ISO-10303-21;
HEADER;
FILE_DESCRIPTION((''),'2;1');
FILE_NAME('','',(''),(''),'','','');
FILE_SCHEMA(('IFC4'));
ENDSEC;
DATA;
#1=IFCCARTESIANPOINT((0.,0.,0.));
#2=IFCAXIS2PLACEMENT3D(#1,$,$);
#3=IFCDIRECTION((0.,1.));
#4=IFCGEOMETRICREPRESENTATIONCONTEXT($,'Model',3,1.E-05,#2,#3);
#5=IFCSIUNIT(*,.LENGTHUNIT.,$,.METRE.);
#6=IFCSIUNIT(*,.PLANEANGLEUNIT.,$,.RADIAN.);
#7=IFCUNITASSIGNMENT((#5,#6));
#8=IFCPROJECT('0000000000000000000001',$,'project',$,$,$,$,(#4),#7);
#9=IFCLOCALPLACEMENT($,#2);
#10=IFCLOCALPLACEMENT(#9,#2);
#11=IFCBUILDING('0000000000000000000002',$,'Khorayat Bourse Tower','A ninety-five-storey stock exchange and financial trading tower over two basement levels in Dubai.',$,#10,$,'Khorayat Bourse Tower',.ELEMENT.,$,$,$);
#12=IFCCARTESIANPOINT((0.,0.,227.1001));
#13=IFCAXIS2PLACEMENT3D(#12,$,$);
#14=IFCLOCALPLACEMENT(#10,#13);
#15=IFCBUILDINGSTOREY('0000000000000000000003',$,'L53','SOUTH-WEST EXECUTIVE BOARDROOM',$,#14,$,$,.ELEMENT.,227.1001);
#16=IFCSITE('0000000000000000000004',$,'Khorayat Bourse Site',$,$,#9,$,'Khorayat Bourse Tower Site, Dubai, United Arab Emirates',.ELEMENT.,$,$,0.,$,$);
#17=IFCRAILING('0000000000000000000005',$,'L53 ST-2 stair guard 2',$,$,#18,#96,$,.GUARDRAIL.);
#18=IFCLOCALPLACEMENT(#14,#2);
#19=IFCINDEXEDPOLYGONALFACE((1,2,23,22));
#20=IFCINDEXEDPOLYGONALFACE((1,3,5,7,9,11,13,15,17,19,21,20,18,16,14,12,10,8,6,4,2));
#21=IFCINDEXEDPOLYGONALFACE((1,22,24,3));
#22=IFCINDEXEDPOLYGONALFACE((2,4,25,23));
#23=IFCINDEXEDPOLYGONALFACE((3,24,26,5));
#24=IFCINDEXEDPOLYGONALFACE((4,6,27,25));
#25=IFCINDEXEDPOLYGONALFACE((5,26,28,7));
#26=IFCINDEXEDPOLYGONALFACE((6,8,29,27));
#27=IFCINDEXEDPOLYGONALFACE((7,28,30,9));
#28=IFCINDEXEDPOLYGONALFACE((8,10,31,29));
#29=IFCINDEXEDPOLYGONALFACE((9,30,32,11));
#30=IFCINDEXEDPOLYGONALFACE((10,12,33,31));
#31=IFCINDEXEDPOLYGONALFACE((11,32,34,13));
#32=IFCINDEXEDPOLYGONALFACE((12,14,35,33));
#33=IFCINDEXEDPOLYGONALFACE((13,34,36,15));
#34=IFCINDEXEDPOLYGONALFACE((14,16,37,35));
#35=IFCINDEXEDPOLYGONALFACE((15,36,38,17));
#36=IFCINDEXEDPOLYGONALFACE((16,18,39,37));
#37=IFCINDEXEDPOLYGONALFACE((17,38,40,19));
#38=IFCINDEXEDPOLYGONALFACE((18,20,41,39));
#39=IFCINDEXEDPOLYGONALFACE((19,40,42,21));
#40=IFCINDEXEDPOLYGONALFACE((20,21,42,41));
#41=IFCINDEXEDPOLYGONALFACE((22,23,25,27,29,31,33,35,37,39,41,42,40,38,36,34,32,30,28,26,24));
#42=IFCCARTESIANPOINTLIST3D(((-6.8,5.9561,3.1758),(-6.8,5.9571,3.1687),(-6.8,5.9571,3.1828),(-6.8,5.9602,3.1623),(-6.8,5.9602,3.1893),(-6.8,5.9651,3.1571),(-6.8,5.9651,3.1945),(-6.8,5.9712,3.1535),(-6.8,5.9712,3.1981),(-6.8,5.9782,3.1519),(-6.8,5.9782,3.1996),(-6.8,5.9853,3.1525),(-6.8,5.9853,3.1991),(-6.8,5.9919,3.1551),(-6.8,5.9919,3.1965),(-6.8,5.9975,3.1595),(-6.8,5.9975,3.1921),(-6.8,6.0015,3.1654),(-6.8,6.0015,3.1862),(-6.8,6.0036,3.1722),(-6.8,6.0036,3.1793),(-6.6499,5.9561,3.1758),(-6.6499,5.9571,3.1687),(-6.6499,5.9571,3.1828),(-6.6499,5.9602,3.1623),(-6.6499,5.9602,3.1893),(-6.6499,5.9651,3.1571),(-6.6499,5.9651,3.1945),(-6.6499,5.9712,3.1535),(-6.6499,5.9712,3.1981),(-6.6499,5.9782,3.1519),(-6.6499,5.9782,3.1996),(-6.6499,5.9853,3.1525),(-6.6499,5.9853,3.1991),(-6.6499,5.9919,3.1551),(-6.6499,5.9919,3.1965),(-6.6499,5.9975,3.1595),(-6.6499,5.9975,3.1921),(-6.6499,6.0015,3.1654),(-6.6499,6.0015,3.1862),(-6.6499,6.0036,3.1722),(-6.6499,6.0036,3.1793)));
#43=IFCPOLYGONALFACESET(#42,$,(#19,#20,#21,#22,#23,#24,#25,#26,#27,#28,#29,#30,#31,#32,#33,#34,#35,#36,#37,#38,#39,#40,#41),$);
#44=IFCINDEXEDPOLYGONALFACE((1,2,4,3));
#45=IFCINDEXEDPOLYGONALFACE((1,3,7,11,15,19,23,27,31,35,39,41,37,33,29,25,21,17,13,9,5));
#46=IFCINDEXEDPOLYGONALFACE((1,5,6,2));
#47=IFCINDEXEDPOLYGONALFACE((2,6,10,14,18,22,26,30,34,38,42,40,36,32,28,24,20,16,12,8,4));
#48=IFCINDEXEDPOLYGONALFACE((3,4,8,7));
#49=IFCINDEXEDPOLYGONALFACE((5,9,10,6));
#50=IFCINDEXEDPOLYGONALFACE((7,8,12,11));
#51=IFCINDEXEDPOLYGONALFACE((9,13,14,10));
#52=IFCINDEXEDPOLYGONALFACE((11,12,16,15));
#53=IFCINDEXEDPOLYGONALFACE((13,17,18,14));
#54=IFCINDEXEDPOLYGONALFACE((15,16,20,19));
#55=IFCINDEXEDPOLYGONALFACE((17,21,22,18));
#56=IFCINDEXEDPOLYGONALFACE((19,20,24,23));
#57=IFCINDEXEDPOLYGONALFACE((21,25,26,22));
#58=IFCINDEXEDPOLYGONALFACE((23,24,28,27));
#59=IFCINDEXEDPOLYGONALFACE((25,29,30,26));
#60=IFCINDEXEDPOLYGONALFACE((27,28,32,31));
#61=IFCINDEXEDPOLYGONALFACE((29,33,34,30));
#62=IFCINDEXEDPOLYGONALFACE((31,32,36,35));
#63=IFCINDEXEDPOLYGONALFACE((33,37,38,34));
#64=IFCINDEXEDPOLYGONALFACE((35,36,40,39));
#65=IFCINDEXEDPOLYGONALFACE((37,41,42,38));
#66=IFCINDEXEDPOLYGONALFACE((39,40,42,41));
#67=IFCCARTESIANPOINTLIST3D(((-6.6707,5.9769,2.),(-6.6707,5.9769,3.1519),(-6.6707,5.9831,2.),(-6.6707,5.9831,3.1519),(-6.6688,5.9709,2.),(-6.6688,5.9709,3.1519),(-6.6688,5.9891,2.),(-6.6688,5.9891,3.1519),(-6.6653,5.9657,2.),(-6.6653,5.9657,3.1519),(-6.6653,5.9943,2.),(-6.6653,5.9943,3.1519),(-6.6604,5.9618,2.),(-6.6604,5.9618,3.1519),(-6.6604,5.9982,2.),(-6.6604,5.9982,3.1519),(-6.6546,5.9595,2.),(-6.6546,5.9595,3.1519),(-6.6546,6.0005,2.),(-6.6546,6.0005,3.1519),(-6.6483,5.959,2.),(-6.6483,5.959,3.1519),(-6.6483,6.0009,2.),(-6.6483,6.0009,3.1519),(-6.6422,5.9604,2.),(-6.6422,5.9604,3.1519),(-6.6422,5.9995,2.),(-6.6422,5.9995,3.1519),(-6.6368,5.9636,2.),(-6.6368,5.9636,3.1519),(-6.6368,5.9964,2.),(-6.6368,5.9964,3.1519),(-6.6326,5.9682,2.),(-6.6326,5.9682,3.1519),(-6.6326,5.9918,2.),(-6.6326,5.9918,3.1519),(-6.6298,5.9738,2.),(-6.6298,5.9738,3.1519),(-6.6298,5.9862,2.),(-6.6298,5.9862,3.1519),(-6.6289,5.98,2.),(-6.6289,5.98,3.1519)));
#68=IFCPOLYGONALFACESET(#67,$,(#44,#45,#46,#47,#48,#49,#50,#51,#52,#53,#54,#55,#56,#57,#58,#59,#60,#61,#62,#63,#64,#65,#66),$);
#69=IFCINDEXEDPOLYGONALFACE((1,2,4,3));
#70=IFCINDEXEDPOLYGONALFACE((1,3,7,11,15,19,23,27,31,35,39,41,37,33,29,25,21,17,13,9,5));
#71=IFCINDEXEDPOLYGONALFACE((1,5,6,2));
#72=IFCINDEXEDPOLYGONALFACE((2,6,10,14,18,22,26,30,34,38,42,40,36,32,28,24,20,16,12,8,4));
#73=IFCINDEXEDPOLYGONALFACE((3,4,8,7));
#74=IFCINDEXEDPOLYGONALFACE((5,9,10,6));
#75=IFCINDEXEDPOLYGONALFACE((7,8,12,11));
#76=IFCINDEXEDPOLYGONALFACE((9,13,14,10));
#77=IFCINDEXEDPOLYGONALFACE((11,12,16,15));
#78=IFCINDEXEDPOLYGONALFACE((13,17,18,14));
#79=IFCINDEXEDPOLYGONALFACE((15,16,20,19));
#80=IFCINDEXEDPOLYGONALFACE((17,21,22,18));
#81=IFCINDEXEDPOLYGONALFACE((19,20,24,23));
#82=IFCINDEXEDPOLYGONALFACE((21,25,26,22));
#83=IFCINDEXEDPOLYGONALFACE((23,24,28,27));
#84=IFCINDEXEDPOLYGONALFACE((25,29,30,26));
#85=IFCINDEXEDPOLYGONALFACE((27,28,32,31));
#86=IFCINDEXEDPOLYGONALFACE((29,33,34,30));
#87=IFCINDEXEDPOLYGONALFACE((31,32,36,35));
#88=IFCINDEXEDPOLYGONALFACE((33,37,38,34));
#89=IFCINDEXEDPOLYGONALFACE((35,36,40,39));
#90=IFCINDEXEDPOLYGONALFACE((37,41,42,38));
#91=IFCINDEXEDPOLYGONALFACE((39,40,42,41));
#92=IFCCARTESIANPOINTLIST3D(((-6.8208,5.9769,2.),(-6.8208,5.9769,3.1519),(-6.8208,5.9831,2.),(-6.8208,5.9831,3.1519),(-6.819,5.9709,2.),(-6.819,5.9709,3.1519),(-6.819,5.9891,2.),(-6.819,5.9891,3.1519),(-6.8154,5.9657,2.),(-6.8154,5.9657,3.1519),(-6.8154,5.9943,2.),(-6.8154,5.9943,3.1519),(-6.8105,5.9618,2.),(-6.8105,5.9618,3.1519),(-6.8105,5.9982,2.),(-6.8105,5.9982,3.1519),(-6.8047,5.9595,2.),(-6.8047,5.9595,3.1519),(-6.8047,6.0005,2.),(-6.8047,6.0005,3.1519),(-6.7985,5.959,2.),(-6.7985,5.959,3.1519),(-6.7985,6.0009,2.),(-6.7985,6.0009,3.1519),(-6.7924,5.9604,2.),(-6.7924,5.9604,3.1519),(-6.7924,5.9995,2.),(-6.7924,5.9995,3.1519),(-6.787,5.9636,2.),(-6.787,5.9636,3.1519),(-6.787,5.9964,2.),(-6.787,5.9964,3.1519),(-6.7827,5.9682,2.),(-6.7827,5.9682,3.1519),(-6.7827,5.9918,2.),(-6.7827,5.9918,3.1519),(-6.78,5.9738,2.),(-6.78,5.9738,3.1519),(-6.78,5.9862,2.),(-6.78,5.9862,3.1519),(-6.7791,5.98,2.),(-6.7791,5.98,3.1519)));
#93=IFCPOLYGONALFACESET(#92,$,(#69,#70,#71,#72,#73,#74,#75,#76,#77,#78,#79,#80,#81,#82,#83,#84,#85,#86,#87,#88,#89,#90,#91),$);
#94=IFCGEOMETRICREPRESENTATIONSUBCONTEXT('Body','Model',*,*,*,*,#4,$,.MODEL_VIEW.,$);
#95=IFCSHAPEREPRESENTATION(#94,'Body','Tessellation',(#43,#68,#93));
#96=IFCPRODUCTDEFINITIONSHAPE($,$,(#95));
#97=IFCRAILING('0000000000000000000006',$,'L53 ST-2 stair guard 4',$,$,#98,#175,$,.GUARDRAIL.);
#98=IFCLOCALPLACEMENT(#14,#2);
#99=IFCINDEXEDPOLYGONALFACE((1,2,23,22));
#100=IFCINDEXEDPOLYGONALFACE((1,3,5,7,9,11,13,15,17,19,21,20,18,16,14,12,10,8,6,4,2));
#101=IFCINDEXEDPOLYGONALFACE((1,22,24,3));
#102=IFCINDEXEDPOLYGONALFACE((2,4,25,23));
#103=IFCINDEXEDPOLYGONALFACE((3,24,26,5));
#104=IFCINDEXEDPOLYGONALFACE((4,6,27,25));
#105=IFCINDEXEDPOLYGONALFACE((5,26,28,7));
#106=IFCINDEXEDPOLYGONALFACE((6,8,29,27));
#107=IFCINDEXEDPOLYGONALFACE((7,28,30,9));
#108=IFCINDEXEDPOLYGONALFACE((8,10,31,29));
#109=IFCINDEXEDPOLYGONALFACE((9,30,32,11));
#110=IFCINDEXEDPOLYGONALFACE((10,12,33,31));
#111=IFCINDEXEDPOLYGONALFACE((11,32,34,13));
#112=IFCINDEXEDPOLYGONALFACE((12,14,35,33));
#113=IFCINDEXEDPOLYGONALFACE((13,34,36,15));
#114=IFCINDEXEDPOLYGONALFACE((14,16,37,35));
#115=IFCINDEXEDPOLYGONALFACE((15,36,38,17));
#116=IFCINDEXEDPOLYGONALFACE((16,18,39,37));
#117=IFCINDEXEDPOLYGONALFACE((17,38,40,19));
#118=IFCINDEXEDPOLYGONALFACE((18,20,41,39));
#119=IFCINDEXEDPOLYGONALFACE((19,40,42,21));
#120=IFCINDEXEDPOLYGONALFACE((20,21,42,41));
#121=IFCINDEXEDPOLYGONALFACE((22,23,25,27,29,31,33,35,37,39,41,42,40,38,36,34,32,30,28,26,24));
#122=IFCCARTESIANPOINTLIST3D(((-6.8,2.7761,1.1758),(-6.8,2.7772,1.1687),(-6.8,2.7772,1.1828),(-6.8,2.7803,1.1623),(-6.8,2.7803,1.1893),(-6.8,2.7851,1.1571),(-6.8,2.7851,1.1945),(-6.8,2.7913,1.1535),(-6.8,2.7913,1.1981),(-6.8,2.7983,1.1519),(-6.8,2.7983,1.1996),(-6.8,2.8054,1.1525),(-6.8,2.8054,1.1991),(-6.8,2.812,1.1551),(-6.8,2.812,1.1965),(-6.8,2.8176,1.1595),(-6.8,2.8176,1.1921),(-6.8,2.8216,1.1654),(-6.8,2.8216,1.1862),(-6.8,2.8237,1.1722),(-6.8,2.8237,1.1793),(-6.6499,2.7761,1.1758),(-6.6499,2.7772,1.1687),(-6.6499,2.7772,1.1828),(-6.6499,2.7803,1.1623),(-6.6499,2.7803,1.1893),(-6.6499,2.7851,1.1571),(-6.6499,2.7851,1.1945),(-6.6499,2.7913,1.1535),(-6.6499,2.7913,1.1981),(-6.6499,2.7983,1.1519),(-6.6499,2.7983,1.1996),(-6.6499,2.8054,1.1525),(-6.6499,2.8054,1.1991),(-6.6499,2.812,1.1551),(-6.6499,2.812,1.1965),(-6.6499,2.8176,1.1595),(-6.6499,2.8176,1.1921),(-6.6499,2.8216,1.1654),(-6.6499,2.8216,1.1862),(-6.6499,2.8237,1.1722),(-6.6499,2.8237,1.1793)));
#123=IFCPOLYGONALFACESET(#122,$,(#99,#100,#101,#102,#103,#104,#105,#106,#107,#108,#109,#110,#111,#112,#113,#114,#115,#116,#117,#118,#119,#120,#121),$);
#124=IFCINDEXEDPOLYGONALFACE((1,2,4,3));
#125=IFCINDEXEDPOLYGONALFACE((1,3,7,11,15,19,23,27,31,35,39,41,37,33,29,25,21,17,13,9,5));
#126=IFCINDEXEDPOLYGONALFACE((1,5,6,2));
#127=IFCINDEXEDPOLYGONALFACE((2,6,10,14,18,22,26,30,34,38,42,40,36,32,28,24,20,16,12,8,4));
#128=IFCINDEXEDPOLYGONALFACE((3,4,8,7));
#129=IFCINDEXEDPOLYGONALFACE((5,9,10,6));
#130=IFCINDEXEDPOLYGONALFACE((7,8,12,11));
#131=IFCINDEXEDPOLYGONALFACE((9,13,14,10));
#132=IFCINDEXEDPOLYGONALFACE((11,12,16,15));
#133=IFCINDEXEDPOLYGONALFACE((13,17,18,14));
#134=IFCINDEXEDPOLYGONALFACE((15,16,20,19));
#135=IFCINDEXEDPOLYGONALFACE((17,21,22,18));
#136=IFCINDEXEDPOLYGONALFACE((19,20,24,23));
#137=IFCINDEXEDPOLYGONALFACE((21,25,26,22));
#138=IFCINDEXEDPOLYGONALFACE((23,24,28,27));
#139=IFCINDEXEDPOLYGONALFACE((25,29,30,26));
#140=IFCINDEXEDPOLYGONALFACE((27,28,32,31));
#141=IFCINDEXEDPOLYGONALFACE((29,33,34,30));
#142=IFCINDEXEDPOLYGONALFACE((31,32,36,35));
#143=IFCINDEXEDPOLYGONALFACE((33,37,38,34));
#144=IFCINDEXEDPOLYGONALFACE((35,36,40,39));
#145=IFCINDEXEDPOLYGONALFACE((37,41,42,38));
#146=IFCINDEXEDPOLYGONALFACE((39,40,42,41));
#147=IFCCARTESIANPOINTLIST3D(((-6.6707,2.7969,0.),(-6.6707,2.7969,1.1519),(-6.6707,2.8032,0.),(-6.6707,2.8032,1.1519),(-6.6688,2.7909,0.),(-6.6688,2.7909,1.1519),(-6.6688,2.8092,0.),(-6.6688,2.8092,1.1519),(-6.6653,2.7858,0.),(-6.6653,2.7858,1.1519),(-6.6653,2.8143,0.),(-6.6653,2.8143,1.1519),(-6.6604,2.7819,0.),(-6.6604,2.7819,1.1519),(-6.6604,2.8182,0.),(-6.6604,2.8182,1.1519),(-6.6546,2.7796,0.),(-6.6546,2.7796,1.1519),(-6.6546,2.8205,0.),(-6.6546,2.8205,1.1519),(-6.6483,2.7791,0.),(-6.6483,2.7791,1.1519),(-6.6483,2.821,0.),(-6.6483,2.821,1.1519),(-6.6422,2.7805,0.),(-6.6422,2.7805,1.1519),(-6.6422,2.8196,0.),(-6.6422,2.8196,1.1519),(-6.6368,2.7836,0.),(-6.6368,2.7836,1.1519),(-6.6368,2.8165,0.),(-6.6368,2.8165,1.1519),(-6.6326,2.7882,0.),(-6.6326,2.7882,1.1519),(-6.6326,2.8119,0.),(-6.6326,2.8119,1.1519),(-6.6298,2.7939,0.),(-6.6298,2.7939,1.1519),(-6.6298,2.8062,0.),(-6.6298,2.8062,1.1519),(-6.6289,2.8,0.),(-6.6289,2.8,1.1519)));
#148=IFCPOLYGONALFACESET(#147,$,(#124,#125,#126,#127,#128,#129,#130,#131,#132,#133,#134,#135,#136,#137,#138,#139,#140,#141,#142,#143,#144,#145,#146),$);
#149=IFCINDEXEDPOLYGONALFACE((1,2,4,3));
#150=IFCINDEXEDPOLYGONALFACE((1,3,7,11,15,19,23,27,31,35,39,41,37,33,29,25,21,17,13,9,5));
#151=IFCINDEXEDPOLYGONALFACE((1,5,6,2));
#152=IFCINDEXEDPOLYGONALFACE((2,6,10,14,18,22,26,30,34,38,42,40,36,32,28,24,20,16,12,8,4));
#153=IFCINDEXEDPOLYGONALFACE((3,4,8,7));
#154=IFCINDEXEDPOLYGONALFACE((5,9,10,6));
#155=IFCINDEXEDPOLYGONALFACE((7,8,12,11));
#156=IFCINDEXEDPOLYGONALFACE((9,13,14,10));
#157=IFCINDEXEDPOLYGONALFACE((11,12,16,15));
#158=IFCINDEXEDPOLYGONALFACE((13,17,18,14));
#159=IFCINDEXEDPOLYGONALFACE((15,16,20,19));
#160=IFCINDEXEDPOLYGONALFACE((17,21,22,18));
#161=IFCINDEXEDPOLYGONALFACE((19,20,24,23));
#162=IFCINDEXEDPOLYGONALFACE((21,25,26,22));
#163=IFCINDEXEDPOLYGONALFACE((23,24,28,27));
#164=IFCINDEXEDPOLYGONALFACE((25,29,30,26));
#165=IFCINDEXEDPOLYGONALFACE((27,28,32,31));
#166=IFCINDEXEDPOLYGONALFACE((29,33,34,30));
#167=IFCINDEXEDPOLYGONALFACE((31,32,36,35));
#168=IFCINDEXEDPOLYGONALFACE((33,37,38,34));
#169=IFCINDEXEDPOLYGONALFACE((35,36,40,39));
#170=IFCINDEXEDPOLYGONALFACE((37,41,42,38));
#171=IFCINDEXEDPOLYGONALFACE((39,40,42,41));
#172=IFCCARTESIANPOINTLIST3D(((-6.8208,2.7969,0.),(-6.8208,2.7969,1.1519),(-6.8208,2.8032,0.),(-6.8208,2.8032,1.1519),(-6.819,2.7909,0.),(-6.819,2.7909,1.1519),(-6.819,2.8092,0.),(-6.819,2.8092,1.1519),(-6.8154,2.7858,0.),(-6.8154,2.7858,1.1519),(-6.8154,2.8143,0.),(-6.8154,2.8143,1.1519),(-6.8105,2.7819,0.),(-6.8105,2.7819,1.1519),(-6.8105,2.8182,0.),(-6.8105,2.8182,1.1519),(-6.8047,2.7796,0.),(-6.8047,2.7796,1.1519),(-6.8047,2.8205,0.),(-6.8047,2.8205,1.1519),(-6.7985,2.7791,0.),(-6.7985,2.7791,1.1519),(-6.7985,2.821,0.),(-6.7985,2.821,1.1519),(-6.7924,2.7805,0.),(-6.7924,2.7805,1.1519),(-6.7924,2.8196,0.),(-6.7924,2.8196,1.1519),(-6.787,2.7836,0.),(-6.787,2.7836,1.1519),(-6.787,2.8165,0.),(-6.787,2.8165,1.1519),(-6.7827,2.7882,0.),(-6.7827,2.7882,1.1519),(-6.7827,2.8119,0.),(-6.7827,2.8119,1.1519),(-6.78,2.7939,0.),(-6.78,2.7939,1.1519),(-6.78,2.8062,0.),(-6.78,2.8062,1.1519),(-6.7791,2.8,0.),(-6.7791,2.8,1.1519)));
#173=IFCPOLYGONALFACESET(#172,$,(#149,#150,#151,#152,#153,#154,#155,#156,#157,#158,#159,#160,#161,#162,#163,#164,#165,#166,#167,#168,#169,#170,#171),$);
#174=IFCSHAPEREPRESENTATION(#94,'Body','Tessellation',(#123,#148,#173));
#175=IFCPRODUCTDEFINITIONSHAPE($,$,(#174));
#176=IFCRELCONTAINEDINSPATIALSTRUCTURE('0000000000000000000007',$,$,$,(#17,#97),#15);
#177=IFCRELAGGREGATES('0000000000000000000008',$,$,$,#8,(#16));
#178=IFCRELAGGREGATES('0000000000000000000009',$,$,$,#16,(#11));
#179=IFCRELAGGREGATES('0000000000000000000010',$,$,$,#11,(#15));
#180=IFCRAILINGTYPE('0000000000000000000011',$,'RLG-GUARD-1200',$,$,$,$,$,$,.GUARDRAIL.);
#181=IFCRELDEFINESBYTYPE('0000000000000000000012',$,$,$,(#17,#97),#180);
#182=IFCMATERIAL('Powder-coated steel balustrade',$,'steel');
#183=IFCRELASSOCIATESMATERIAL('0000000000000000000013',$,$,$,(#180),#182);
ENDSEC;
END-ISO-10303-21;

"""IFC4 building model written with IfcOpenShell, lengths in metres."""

from ifc_helpers import new_model, si_unit, direction, frame, origin, origin_2d, place, context, subcontext, project, spatial, circle, extrude, source, transform, mapped, material, type_object, element, save


model = new_model("IFC4")

# Units and contexts
model_context = context("Model", 3, precision=1e-05, world=origin(), true_north=direction((0.0, 1.0)))
body_context = subcontext(model_context, "Body", "Model", "MODEL_VIEW")
ifc_project = project(units=[si_unit("LENGTHUNIT", "METRE"), si_unit("PLANEANGLEUNIT", "RADIAN")], contexts=[model_context])

# Site, building, storey
site_placement = place(None, origin())
site = spatial("IfcSite", under=ifc_project, at=site_placement, Name="Khorayat Bourse Site", LongName="Khorayat Bourse Tower Site, Dubai, United Arab Emirates", CompositionType="ELEMENT", RefElevation=0.0)
building_placement = place(site_placement, origin())
building = spatial("IfcBuilding", under=site, at=building_placement, Name="Khorayat Bourse Tower", Description="A ninety-five-storey stock exchange and financial trading tower over two basement levels in Dubai.", LongName="Khorayat Bourse Tower", CompositionType="ELEMENT")
storey_placement = place(building_placement, frame((0.0, 0.0, 227.1001)))
storey = spatial("IfcBuildingStorey", under=building, at=storey_placement, Name="L53", Description="SOUTH-WEST EXECUTIVE BOARDROOM", CompositionType="ELEMENT", Elevation=227.1001)

# Railings
ifc_material_1 = material(Name="Powder-coated steel balustrade", Category="steel")
railing_type_1 = type_object("IfcRailingType", Name="RLG-GUARD-1200", PredefinedType="GUARDRAIL", material=ifc_material_1)
shared_shape_1 = source(origin(), body_context, "Body", "SweptSolid", [
    extrude(circle(Radius=0.0239, at=origin_2d()), frame((0.0, 0.0, 1.1758), z_axis=(-1.0, 0.0, 0.0), x_axis=(0.0, -1.0, 0.0)), (0.0, 0.0, 1.0), 0.1501),
    extrude(circle(Radius=0.021, at=origin_2d()), origin(), (0.0, 0.0, 1.0), 1.1519),
    extrude(circle(Radius=0.021, at=origin_2d()), frame((-0.1501, 0.0, 0.0)), (0.0, 0.0, 1.0), 1.1519),
])
for number, where, name in (
    (1, (-6.6499, 5.98, 2.0), "L53 ST-2 stair guard 2"),
    (2, (-6.6499, 2.8, 0.0), "L53 ST-2 stair guard 4"),
):
    element("IfcRailing", number, at=place(storey_placement, frame(where)), inside=storey, type_object=railing_type_1, Name=name, PredefinedType="GUARDRAIL", context=body_context, shape_type="MappedRepresentation", body=[
        mapped(shared_shape_1, transform((0.0, 0.0, 0.0), scale=1.0)),
    ])

save(model, "model.ifc")
